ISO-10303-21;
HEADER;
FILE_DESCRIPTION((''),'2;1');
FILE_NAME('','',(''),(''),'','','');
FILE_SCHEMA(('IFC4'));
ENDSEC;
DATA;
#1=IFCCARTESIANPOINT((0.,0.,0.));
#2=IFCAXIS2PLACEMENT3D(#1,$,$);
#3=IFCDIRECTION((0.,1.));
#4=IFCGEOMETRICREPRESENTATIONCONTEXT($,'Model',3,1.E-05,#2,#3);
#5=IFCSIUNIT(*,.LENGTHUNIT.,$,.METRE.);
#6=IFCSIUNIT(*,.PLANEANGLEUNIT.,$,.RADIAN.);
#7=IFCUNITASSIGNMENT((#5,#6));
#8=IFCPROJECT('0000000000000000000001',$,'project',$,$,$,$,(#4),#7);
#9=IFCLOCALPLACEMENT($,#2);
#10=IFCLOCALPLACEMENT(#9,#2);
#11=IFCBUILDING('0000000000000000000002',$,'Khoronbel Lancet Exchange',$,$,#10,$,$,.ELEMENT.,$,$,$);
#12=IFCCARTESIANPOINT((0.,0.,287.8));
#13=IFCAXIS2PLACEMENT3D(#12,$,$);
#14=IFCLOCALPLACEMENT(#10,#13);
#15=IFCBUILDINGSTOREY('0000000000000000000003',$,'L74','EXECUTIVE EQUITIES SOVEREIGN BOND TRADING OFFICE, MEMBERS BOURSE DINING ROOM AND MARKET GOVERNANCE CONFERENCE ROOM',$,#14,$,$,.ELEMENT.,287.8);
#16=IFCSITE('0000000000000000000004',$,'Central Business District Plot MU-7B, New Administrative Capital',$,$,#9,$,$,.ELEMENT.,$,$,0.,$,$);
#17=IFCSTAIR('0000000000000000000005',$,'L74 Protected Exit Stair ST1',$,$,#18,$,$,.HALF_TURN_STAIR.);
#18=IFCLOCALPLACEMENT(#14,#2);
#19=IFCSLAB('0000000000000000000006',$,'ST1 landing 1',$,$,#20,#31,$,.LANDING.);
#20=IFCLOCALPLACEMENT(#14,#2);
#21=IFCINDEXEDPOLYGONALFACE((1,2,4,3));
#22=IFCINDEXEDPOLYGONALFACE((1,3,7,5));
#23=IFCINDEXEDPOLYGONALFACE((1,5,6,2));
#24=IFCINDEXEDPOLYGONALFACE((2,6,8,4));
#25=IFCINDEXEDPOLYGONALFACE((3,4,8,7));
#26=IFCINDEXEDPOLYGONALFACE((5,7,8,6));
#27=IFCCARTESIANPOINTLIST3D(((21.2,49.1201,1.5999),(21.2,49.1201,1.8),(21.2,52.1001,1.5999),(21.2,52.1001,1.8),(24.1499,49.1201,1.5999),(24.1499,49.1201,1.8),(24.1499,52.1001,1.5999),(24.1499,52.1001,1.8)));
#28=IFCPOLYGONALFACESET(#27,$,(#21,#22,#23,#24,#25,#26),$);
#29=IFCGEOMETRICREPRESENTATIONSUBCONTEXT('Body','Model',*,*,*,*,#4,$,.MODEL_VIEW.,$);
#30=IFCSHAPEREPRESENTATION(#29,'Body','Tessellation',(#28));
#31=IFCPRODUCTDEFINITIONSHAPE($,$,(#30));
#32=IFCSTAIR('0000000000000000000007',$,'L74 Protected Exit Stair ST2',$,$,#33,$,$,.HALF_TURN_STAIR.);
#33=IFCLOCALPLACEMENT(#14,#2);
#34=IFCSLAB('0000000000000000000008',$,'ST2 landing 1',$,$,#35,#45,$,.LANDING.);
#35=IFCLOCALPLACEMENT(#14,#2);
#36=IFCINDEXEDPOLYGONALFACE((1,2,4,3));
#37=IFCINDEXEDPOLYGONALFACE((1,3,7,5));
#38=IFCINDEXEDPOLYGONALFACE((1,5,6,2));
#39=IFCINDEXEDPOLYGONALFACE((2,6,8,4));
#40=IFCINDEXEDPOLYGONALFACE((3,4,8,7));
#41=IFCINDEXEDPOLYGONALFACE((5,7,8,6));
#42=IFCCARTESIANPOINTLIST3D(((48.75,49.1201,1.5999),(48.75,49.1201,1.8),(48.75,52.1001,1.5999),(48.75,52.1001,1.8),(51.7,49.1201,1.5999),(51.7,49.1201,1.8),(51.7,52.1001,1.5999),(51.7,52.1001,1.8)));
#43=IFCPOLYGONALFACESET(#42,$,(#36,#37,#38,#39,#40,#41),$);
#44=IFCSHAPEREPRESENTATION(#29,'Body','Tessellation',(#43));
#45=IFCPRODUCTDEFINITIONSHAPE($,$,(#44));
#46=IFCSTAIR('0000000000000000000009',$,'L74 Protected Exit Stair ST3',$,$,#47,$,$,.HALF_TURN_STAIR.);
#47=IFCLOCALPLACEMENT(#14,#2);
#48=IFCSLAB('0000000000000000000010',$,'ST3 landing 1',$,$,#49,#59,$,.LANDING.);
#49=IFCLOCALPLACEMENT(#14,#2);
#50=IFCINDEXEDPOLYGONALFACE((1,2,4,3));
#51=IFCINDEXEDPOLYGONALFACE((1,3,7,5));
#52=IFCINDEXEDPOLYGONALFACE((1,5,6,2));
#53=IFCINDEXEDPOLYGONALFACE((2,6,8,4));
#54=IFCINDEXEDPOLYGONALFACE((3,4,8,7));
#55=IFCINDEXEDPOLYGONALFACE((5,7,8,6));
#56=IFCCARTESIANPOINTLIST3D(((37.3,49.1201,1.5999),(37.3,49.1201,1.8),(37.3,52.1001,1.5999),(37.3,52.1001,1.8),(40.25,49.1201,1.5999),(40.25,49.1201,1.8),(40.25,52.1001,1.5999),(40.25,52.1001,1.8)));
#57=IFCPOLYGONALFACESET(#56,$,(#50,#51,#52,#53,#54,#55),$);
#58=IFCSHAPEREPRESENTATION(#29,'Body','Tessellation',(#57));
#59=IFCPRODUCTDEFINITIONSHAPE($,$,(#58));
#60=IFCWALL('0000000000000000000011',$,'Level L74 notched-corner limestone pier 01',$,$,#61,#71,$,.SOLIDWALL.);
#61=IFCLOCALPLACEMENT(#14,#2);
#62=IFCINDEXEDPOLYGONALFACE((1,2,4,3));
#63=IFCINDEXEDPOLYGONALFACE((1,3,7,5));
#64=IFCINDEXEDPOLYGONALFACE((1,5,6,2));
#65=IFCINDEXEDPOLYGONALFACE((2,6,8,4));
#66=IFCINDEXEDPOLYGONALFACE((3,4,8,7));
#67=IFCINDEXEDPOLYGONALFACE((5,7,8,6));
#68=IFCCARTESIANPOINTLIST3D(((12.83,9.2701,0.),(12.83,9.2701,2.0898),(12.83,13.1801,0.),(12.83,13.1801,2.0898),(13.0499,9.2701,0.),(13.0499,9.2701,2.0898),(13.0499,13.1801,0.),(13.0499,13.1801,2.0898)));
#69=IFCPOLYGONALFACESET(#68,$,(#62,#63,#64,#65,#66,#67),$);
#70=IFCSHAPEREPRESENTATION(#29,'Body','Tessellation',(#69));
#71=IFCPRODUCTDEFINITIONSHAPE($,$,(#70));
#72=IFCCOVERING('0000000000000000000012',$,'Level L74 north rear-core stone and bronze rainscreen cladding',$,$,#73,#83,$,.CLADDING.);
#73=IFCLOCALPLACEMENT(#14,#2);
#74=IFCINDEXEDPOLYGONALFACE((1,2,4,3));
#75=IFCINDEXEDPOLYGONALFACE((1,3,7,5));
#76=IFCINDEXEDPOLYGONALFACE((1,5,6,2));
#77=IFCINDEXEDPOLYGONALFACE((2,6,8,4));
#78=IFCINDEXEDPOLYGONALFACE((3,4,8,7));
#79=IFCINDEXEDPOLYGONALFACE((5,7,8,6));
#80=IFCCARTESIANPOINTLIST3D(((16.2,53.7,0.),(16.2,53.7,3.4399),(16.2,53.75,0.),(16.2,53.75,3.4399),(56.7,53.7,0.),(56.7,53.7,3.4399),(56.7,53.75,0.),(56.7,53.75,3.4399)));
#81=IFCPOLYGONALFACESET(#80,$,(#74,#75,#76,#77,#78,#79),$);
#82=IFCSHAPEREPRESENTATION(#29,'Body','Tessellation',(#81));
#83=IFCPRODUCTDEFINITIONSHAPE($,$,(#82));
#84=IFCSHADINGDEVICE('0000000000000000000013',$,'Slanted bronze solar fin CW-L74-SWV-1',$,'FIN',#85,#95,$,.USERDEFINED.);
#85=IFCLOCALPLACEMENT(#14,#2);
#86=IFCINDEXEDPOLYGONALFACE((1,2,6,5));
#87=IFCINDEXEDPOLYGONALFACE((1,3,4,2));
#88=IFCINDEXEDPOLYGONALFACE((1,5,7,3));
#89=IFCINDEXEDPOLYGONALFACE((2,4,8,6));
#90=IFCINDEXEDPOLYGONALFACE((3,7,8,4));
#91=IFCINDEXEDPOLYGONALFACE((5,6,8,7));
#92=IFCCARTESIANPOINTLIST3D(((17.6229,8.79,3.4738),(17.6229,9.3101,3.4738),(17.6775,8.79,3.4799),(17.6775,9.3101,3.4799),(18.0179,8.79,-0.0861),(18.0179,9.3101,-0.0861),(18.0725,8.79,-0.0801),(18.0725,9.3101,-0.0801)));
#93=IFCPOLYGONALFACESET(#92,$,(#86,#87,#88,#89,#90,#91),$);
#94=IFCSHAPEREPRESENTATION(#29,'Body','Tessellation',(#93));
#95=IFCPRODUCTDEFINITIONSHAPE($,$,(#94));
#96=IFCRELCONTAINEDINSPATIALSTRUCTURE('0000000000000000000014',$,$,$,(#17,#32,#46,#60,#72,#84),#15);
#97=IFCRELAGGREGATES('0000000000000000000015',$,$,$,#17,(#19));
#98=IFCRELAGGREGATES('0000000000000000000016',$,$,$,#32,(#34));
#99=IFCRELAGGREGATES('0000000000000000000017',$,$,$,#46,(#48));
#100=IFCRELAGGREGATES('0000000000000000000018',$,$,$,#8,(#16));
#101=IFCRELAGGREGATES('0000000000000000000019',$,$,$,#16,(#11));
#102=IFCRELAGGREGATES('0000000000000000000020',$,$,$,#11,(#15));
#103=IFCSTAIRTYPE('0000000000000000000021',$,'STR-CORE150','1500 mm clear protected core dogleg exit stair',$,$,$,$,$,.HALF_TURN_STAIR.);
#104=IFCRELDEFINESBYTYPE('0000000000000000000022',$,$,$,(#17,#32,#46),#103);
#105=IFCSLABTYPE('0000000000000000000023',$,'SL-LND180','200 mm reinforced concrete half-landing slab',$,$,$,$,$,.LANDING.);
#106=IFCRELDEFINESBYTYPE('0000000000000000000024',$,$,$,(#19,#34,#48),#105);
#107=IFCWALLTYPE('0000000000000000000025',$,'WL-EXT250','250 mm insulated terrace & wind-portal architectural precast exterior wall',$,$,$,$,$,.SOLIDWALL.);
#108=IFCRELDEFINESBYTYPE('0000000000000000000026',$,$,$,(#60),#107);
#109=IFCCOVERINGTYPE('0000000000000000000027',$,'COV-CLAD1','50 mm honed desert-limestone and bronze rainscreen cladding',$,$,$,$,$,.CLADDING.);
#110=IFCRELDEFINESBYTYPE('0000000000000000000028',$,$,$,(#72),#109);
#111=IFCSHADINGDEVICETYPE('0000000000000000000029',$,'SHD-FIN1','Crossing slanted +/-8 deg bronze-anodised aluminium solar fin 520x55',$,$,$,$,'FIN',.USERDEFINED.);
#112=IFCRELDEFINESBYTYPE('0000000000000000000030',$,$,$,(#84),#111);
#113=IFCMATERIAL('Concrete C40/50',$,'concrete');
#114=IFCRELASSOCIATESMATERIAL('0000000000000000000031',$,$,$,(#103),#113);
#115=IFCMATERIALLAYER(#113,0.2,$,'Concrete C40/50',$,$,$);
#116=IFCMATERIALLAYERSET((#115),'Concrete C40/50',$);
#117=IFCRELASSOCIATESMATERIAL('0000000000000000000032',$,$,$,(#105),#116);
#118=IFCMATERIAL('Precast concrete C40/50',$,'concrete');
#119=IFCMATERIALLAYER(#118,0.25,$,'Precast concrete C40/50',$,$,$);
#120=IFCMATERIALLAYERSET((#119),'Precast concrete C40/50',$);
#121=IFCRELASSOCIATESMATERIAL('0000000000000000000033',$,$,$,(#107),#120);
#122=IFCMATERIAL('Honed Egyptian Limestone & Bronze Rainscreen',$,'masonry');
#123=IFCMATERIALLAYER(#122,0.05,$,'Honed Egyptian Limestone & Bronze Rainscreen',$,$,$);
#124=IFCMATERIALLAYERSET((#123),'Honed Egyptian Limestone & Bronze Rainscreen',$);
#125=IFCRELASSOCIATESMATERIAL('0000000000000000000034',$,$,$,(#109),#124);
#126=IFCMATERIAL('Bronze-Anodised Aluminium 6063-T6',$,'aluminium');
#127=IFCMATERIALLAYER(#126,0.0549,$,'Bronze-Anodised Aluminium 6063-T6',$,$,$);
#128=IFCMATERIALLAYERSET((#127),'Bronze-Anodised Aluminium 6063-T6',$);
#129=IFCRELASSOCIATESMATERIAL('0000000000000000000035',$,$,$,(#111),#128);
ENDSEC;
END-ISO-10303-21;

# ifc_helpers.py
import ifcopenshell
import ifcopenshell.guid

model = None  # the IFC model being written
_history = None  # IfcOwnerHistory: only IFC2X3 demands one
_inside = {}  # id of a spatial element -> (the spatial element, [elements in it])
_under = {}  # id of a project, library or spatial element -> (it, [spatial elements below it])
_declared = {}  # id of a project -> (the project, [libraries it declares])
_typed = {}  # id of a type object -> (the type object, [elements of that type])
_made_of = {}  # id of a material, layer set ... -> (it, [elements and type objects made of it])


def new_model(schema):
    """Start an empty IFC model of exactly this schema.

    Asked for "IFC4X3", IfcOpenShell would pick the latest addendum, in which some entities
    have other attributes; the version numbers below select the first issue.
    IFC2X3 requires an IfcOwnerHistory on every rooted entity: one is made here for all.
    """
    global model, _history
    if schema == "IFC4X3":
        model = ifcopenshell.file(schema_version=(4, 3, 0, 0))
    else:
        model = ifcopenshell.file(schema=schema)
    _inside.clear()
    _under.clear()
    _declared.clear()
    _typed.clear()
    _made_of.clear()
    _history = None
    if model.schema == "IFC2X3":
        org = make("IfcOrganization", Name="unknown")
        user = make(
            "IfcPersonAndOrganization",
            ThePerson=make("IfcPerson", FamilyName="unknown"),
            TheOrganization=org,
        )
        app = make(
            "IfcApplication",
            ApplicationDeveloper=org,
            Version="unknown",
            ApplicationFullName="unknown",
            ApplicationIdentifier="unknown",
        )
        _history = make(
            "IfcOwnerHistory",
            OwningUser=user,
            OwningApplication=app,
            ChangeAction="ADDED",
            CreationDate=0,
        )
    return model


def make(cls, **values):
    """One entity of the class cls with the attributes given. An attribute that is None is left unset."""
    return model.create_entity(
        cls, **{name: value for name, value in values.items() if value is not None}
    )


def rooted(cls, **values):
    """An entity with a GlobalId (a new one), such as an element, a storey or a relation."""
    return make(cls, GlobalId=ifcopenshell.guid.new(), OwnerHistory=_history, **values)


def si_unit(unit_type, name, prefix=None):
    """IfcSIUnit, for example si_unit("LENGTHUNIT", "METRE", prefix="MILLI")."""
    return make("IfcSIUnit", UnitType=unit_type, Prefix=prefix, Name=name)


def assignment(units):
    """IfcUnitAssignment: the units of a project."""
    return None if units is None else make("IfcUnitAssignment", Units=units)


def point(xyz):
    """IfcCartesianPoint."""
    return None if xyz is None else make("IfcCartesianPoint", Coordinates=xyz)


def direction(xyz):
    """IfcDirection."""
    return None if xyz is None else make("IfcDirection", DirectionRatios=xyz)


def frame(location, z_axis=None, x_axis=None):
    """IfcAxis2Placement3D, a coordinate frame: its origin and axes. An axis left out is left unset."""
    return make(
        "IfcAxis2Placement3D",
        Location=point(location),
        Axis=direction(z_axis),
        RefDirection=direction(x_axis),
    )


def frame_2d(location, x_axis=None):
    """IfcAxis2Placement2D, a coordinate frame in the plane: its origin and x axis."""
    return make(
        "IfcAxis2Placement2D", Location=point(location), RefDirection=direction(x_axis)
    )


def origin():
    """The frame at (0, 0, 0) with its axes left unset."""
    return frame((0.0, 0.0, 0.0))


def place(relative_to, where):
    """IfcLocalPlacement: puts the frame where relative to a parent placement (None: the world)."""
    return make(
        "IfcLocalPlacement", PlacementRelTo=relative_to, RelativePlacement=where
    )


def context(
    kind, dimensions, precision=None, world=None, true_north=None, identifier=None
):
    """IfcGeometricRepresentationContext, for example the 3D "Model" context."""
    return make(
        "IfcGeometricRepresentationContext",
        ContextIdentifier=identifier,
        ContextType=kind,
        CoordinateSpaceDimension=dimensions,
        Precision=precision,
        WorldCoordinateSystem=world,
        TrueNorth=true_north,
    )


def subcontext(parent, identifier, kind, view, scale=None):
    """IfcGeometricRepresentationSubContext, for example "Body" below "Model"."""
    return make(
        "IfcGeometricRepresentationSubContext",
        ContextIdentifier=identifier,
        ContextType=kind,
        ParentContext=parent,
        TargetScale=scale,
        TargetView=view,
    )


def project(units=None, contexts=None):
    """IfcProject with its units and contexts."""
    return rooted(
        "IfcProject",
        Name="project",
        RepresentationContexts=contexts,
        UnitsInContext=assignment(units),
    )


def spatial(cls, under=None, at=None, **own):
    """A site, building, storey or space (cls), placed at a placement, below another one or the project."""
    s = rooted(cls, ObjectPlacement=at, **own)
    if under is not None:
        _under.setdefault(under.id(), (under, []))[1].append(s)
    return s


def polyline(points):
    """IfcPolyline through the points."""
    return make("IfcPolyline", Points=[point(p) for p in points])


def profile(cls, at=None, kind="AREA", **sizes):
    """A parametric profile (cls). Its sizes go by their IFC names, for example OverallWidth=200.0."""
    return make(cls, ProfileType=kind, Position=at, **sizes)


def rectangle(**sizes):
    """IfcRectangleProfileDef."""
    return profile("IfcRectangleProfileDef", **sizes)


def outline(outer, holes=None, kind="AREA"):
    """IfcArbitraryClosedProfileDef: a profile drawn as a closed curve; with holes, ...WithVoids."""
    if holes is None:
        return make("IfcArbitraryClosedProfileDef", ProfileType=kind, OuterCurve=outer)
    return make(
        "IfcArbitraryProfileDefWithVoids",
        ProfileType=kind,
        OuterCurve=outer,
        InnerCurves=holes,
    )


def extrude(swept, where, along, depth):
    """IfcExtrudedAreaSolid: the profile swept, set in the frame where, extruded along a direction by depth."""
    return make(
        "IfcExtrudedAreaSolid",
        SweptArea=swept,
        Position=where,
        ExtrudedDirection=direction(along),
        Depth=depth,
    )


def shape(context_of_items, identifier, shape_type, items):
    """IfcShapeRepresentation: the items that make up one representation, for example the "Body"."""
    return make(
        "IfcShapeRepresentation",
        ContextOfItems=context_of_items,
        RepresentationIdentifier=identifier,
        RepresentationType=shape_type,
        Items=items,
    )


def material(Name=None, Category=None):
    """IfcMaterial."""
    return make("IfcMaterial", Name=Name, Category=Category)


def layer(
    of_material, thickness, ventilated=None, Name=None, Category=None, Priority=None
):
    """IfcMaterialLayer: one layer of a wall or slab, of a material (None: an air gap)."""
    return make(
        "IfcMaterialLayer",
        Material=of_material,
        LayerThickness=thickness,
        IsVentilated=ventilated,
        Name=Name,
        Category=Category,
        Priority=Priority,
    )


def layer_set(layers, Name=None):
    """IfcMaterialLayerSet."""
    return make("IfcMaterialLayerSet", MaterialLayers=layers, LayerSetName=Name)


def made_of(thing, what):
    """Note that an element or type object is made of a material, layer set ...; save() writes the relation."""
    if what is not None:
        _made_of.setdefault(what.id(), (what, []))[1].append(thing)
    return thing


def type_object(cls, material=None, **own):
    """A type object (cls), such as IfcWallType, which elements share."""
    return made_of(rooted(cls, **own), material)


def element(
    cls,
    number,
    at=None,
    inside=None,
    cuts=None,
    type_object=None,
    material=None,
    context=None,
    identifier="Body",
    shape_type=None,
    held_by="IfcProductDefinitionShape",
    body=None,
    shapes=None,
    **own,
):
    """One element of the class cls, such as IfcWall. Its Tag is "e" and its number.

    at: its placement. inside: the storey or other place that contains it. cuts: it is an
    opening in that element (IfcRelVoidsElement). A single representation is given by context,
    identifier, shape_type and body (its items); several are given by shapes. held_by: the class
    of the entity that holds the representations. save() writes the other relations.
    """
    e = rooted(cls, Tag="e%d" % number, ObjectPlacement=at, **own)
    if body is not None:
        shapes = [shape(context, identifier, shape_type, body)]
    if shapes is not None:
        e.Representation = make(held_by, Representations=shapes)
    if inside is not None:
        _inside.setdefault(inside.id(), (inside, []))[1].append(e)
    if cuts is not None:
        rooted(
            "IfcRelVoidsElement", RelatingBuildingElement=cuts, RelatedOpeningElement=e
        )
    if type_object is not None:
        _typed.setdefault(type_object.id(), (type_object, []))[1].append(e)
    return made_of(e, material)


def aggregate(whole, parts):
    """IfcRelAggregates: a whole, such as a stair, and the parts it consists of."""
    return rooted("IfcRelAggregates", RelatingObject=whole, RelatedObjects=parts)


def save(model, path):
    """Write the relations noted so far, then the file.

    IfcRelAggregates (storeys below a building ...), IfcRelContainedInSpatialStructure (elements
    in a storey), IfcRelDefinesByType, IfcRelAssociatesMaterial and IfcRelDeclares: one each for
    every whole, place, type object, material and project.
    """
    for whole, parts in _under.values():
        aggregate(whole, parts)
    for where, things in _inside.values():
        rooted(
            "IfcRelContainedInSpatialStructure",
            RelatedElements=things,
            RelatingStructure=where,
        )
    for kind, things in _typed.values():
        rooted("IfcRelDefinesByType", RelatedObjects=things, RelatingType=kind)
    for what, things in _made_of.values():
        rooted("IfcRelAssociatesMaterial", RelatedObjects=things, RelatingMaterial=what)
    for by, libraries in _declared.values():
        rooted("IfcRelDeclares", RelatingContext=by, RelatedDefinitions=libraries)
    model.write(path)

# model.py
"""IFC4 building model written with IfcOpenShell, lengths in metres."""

from ifc_helpers import new_model, si_unit, direction, frame, frame_2d, origin, place, context, subcontext, project, spatial, polyline, rectangle, outline, extrude, material, layer, layer_set, type_object, element, aggregate, save


model = new_model("IFC4")

# Units and contexts
model_context = context("Model", 3, precision=1e-05, world=origin(), true_north=direction((0.0, 1.0)))
body_context = subcontext(model_context, "Body", "Model", "MODEL_VIEW")
ifc_project = project(units=[si_unit("LENGTHUNIT", "METRE"), si_unit("PLANEANGLEUNIT", "RADIAN")], contexts=[model_context])

# Site, building, storey
site_placement = place(None, origin())
site = spatial("IfcSite", under=ifc_project, at=site_placement, Name="Central Business District Plot MU-7B, New Administrative Capital", CompositionType="ELEMENT", RefElevation=0.0)
building_placement = place(site_placement, origin())
building = spatial("IfcBuilding", under=site, at=building_placement, Name="Khoronbel Lancet Exchange", CompositionType="ELEMENT")
storey_placement = place(building_placement, frame((0.0, 0.0, 287.8)))
storey = spatial("IfcBuildingStorey", under=building, at=storey_placement, Name="L74", Description="EXECUTIVE EQUITIES SOVEREIGN BOND TRADING OFFICE, MEMBERS BOURSE DINING ROOM AND MARKET GOVERNANCE CONFERENCE ROOM", CompositionType="ELEMENT", Elevation=287.8)

# Shared definitions
ifc_material_1 = material(Name="Bronze-Anodised Aluminium 6063-T6", Category="aluminium")

# Shared definitions
ifc_material_2 = material(Name="Concrete C40/50", Category="concrete")

# Stairs, slabs
stair_type = type_object("IfcStairType", Name="STR-CORE150", Description="1500 mm clear protected core dogleg exit stair", PredefinedType="HALF_TURN_STAIR", material=ifc_material_2)
stair_1_placement = place(storey_placement, origin())
stair_1 = element("IfcStair", 1, at=stair_1_placement, inside=storey, type_object=stair_type, Name="L74 Protected Exit Stair ST1", PredefinedType="HALF_TURN_STAIR")
ifc_layer_1 = layer(ifc_material_2, 0.2, Name="Concrete C40/50")
ifc_layer_set_1 = layer_set([ifc_layer_1], Name="Concrete C40/50")
slab_type_1 = type_object("IfcSlabType", Name="SL-LND180", Description="200 mm reinforced concrete half-landing slab", PredefinedType="LANDING", material=ifc_layer_set_1)
slab_1_placement = place(storey_placement, frame((0.0, 0.0, 1.5999)))
slab_1 = element("IfcSlab", 2, at=slab_1_placement, type_object=slab_type_1, Name="ST1 landing 1", PredefinedType="LANDING", context=body_context, shape_type="SweptSolid", body=[
    extrude(outline(polyline([(21.2, 49.1201), (24.1499, 49.1201), (24.1499, 52.1001), (21.2, 52.1001), (21.2, 49.1201)])), origin(), (0.0, 0.0, 1.0), 0.2002),
])
aggregate(stair_1, [slab_1])
stair_2_placement = place(storey_placement, origin())
stair_2 = element("IfcStair", 3, at=stair_2_placement, inside=storey, type_object=stair_type, Name="L74 Protected Exit Stair ST2", PredefinedType="HALF_TURN_STAIR")
slab_2_placement = place(storey_placement, frame((0.0, 0.0, 1.5999)))
slab_2 = element("IfcSlab", 4, at=slab_2_placement, type_object=slab_type_1, Name="ST2 landing 1", PredefinedType="LANDING", context=body_context, shape_type="SweptSolid", body=[
    extrude(outline(polyline([(51.7, 52.1001), (48.75, 52.1001), (48.75, 49.1201), (51.7, 49.1201), (51.7, 52.1001)])), origin(), (0.0, 0.0, 1.0), 0.2002),
])
aggregate(stair_2, [slab_2])
stair_3_placement = place(storey_placement, origin())
stair_3 = element("IfcStair", 5, at=stair_3_placement, inside=storey, type_object=stair_type, Name="L74 Protected Exit Stair ST3", PredefinedType="HALF_TURN_STAIR")
slab_3_placement = place(storey_placement, frame((0.0, 0.0, 1.5999)))
slab_3 = element("IfcSlab", 6, at=slab_3_placement, type_object=slab_type_1, Name="ST3 landing 1", PredefinedType="LANDING", context=body_context, shape_type="SweptSolid", body=[
    extrude(outline(polyline([(37.3, 49.1201), (40.25, 49.1201), (40.25, 52.1001), (37.3, 52.1001), (37.3, 49.1201)])), origin(), (0.0, 0.0, 1.0), 0.2002),
])
aggregate(stair_3, [slab_3])

# Wall
ifc_material_3 = material(Name="Precast concrete C40/50", Category="concrete")
ifc_layer_2 = layer(ifc_material_3, 0.25, Name="Precast concrete C40/50")
ifc_layer_set_2 = layer_set([ifc_layer_2], Name="Precast concrete C40/50")
wall_type = type_object("IfcWallType", Name="WL-EXT250", Description="250 mm insulated terrace & wind-portal architectural precast exterior wall", PredefinedType="SOLIDWALL", material=ifc_layer_set_2)
wall_placement = place(storey_placement, frame((12.9399, 9.27, 0.0), z_axis=(0.0, 0.0, 1.0), x_axis=(0.0, 1.0, 0.0)))
element("IfcWall", 7, at=wall_placement, inside=storey, type_object=wall_type, Name="Level L74 notched-corner limestone pier 01", PredefinedType="SOLIDWALL", context=body_context, shape_type="SweptSolid", body=[
    extrude(rectangle(XDim=3.9099, YDim=0.22, at=frame_2d((1.9551, 0.0))), origin(), (0.0, 0.0, 1.0), 2.0898),
])

# Covering
ifc_material_4 = material(Name="Honed Egyptian Limestone & Bronze Rainscreen", Category="masonry")
ifc_layer_3 = layer(ifc_material_4, 0.05, Name="Honed Egyptian Limestone & Bronze Rainscreen")
ifc_layer_set_3 = layer_set([ifc_layer_3], Name="Honed Egyptian Limestone & Bronze Rainscreen")
covering_type = type_object("IfcCoveringType", Name="COV-CLAD1", Description="50 mm honed desert-limestone and bronze rainscreen cladding", PredefinedType="CLADDING", material=ifc_layer_set_3)
covering_placement = place(storey_placement, origin())
element("IfcCovering", 8, at=covering_placement, inside=storey, type_object=covering_type, Name="Level L74 north rear-core stone and bronze rainscreen cladding", PredefinedType="CLADDING", context=body_context, shape_type="SweptSolid", body=[
    extrude(outline(polyline([(16.2, 53.7), (56.7, 53.7), (56.7, 53.75), (16.2, 53.75), (16.2, 53.7)])), origin(), (0.0, 0.0, 1.0), 3.4399),
])

# Shading device
ifc_layer_4 = layer(ifc_material_1, 0.0549, Name="Bronze-Anodised Aluminium 6063-T6")
ifc_layer_set_4 = layer_set([ifc_layer_4], Name="Bronze-Anodised Aluminium 6063-T6")
shading_device_type = type_object("IfcShadingDeviceType", Name="SHD-FIN1", Description="Crossing slanted +/-8 deg bronze-anodised aluminium solar fin 520x55", ElementType="FIN", PredefinedType="USERDEFINED", material=ifc_layer_set_4)
shading_device_placement = place(storey_placement, frame((18.0725, 9.3101, -0.0801), z_axis=(0.9939, 0.0, 0.110282), x_axis=(0.0, -1.0, 0.0)))
element("IfcShadingDevice", 9, at=shading_device_placement, inside=storey, type_object=shading_device_type, Name="Slanted bronze solar fin CW-L74-SWV-1", ObjectType="FIN", PredefinedType="USERDEFINED", context=body_context, shape_type="SweptSolid", body=[
    extrude(outline(polyline([(0.0, 0.0), (0.52, 0.0), (0.52, -3.5818), (0.0, -3.5818), (0.0, 0.0)])), origin(), (0.0, 0.0, -1.0), 0.0549),
])

save(model, "model.ifc")
